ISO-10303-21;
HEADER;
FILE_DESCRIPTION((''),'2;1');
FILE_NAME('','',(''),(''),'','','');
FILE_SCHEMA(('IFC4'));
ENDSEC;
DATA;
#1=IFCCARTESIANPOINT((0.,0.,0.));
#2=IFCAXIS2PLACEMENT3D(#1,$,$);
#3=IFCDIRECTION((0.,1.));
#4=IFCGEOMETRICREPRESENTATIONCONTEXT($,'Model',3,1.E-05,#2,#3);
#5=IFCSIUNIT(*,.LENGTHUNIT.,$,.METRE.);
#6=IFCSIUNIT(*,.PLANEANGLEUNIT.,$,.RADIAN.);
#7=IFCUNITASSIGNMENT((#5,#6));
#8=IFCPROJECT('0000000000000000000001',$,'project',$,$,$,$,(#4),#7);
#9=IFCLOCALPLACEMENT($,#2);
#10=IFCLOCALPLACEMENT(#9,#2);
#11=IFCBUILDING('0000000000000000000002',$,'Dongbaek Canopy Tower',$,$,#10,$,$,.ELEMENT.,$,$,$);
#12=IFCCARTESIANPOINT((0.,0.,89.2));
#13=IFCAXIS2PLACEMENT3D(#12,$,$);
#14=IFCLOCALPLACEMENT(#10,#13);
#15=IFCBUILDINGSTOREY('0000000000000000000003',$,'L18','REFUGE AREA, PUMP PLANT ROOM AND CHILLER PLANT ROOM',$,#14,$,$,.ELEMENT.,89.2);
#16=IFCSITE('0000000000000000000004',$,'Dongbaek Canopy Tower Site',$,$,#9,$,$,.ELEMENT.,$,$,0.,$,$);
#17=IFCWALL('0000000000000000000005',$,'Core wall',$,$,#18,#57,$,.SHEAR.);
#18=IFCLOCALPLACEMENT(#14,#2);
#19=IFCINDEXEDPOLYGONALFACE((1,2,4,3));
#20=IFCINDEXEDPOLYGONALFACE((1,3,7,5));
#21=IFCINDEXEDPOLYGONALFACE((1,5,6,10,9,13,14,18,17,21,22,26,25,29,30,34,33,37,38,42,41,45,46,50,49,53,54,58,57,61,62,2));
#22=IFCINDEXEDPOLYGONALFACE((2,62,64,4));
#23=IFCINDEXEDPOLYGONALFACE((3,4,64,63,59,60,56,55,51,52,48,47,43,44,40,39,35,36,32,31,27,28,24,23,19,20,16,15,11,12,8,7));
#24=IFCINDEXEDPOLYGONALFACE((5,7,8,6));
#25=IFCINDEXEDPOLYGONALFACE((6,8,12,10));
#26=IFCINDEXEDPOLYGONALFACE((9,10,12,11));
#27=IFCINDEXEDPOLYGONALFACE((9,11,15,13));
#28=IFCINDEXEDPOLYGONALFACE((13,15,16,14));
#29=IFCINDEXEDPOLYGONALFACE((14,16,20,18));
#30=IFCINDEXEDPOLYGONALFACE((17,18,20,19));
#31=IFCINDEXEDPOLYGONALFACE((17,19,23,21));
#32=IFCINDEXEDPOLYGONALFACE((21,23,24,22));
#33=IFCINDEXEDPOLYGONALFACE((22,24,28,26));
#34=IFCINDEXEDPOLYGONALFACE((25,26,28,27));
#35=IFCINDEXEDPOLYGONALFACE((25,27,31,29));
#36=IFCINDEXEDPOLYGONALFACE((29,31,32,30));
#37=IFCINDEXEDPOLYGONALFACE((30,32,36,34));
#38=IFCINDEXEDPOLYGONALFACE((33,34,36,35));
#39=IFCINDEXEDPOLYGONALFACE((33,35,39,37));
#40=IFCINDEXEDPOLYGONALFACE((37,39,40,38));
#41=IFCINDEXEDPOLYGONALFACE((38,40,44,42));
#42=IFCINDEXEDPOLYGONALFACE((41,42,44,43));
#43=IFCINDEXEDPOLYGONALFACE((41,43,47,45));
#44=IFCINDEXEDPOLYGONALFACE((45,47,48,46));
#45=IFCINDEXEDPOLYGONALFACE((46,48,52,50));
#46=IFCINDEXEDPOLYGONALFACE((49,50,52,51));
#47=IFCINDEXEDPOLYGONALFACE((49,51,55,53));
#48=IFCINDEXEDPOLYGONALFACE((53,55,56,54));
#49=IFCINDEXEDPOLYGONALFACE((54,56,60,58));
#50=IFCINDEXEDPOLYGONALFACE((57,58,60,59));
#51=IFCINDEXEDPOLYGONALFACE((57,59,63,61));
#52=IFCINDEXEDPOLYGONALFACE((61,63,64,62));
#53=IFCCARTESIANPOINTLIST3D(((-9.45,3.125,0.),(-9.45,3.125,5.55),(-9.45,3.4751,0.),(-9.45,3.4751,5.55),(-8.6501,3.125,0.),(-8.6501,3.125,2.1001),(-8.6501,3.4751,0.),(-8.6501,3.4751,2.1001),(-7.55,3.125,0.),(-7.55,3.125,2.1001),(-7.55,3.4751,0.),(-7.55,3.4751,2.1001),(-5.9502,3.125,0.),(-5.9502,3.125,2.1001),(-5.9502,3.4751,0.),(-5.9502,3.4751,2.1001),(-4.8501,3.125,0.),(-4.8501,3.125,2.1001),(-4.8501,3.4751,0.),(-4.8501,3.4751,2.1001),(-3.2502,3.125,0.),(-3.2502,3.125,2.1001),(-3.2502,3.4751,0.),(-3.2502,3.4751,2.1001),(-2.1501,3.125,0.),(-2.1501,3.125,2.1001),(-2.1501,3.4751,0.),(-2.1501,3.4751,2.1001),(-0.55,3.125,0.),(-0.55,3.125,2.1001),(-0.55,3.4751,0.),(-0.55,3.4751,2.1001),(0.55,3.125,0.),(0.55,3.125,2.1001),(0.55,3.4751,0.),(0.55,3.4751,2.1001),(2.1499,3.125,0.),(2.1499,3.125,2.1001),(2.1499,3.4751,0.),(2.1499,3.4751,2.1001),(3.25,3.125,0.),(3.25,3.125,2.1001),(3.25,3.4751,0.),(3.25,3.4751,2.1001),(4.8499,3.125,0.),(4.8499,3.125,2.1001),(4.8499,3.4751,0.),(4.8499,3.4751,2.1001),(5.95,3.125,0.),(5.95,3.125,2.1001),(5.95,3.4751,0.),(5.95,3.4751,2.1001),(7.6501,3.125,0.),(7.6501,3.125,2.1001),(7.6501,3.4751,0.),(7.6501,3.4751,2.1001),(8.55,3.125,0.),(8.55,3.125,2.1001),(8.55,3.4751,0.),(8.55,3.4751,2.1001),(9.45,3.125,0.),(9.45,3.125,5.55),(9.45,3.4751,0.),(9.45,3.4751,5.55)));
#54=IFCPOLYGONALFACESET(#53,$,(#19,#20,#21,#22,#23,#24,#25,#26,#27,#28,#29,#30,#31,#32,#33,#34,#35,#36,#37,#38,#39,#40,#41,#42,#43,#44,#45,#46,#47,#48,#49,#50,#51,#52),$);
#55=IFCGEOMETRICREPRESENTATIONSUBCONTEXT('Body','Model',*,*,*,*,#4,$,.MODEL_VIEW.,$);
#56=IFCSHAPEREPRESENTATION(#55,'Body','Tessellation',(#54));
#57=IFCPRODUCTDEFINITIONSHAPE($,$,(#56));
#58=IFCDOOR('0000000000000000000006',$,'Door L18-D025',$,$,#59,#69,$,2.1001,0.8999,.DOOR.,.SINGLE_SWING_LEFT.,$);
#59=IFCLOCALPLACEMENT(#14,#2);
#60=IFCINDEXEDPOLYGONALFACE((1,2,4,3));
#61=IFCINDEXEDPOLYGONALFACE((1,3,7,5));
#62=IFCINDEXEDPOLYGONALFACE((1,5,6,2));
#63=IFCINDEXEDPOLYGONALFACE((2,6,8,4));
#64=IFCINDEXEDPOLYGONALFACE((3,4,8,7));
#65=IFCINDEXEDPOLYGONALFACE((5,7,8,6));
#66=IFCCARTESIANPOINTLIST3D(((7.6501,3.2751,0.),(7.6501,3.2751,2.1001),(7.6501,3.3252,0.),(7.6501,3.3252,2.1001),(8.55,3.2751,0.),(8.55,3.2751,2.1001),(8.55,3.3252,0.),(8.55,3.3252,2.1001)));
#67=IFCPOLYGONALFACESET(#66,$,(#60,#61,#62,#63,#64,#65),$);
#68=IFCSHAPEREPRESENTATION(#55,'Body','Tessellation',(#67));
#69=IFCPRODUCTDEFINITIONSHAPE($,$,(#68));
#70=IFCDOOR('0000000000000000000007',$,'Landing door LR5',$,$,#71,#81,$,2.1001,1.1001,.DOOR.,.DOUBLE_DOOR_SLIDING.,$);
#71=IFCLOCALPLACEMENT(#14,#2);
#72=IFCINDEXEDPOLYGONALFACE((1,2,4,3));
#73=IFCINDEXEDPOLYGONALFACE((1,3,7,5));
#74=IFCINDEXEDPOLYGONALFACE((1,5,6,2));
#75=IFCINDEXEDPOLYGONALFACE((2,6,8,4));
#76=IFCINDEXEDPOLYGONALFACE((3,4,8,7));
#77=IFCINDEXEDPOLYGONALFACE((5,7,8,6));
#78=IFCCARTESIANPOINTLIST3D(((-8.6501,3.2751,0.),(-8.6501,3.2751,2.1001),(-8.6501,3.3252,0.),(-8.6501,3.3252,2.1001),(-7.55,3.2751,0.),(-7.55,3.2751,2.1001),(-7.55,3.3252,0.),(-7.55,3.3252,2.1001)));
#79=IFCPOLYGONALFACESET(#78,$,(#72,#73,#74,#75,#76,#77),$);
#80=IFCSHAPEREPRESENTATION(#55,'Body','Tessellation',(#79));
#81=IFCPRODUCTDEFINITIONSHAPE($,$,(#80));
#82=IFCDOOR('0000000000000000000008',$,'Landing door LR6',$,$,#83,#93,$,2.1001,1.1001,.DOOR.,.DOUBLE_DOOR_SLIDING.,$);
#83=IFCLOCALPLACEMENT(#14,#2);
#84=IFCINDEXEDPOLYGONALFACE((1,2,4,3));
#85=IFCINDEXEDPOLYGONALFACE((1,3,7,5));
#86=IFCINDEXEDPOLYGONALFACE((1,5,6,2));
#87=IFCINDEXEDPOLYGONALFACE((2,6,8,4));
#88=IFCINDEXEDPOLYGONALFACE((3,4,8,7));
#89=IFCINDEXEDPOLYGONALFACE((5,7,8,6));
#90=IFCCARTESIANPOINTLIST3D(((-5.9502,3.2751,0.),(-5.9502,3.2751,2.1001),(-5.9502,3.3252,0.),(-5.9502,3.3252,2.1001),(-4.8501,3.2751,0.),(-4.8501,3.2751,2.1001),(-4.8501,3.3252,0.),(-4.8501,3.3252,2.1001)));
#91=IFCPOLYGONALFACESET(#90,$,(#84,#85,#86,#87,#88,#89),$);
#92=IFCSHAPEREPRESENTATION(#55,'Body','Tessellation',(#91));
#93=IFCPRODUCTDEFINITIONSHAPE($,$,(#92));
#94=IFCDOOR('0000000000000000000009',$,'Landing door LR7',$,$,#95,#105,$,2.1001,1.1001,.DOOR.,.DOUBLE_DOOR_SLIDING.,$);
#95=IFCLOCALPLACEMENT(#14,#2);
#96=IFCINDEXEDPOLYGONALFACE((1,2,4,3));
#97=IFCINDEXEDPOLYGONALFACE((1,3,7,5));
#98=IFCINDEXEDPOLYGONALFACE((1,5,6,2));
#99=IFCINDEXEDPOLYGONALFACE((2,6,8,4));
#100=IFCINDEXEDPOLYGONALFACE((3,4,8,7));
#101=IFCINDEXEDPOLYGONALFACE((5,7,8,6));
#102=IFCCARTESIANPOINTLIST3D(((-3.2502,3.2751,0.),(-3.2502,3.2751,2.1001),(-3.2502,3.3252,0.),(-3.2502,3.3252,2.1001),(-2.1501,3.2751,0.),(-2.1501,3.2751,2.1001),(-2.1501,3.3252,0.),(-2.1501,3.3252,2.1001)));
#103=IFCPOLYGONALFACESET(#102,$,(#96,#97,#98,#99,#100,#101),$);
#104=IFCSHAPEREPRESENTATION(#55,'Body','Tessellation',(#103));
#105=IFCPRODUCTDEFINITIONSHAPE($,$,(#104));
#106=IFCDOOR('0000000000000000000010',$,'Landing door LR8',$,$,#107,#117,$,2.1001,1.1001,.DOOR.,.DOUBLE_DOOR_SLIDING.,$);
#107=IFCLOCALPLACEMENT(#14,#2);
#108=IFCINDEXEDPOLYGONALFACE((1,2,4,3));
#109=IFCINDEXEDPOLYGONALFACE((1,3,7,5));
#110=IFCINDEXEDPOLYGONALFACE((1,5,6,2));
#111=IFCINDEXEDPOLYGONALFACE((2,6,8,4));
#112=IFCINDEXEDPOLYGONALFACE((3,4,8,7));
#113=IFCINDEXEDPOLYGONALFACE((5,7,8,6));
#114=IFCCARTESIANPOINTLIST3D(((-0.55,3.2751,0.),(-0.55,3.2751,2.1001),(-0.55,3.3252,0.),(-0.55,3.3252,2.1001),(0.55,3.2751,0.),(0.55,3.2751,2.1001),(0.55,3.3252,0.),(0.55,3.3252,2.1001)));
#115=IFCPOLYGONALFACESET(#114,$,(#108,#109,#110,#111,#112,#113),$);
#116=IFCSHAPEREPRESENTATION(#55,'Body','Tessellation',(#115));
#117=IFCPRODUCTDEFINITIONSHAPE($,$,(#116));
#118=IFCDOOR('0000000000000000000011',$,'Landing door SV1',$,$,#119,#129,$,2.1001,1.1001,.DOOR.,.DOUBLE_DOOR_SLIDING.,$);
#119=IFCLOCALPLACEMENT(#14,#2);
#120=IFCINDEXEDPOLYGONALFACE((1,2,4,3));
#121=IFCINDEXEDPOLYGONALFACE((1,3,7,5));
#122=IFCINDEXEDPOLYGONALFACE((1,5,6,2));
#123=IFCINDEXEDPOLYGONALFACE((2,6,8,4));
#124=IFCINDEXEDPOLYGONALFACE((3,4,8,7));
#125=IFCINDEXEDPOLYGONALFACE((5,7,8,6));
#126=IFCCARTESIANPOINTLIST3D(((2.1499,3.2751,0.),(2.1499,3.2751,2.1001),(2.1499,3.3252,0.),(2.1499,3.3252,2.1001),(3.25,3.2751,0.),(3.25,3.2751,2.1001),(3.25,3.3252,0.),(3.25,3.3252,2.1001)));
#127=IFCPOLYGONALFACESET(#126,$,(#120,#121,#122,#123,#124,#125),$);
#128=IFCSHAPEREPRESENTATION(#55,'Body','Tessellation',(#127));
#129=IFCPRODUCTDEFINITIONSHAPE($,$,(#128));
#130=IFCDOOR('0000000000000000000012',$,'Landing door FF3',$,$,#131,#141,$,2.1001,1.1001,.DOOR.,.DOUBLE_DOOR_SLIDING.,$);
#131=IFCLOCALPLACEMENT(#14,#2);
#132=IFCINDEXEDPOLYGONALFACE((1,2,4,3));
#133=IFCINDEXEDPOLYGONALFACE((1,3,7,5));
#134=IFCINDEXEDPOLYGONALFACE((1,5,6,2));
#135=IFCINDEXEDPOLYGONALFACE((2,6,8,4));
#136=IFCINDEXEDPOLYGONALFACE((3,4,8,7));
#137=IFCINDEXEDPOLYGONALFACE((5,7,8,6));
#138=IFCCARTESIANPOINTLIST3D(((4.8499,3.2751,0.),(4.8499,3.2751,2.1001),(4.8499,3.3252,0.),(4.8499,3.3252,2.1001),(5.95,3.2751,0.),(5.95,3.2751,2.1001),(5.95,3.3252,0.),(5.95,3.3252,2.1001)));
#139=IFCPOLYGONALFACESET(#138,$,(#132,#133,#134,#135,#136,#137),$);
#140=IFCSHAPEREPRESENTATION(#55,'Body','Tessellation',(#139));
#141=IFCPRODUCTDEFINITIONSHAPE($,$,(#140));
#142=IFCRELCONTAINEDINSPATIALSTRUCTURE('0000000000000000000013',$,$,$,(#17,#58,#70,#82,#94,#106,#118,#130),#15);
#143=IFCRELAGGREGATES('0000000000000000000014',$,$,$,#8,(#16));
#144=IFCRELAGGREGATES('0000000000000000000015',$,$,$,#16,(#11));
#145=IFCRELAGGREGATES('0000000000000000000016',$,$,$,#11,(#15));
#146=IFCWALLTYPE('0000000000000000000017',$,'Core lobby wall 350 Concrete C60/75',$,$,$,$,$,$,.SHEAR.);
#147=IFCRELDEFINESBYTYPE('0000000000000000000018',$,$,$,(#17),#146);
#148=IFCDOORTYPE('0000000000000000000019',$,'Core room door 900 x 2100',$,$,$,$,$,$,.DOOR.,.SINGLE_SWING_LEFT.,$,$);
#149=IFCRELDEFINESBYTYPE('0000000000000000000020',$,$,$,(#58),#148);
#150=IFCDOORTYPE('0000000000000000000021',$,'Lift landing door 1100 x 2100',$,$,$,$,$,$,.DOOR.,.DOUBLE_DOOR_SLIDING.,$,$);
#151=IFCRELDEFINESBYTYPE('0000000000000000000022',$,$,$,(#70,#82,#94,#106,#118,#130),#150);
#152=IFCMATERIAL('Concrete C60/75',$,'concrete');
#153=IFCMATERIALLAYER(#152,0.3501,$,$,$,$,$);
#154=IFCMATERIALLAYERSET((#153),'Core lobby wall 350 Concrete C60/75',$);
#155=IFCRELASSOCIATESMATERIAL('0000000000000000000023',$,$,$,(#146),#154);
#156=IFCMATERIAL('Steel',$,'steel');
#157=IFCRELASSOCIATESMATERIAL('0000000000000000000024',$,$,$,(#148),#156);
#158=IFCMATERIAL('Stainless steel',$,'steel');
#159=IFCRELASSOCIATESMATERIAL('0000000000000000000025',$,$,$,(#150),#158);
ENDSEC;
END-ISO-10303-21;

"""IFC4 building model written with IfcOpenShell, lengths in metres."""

from ifc_helpers import new_model, si_unit, direction, frame, frame_2d, origin, place, context, subcontext, project, spatial, rectangle, extrude, material, layer, layer_set, type_object, element, fill, save


model = new_model("IFC4")

# Units and contexts
model_context = context("Model", 3, precision=1e-05, world=origin(), true_north=direction((0.0, 1.0)))
body_context = subcontext(model_context, "Body", "Model", "MODEL_VIEW")
ifc_project = project(units=[si_unit("LENGTHUNIT", "METRE"), si_unit("PLANEANGLEUNIT", "RADIAN")], contexts=[model_context])

# Site, building, storey
site_placement = place(None, origin())
site = spatial("IfcSite", under=ifc_project, at=site_placement, Name="Dongbaek Canopy Tower Site", CompositionType="ELEMENT", RefElevation=0.0)
building_placement = place(site_placement, origin())
building = spatial("IfcBuilding", under=site, at=building_placement, Name="Dongbaek Canopy Tower", CompositionType="ELEMENT")
storey_placement = place(building_placement, frame((0.0, 0.0, 89.2)))
storey = spatial("IfcBuildingStorey", under=building, at=storey_placement, Name="L18", Description="REFUGE AREA, PUMP PLANT ROOM AND CHILLER PLANT ROOM", CompositionType="ELEMENT", Elevation=89.2)

# Wall, openings, doors
ifc_material_1 = material(Name="Concrete C60/75", Category="concrete")
ifc_layer_1 = layer(ifc_material_1, 0.3501)
ifc_layer_set_1 = layer_set([ifc_layer_1], Name="Core lobby wall 350 Concrete C60/75")
wall_type_1 = type_object("IfcWallType", Name="Core lobby wall 350 Concrete C60/75", PredefinedType="SHEAR", material=ifc_layer_set_1)
wall_1_placement = place(storey_placement, frame((9.45, 3.3, 0.0), z_axis=(0.0, 0.0, 1.0), x_axis=(-1.0, 0.0, 0.0)))
wall_1 = element("IfcWall", 1, at=wall_1_placement, inside=storey, type_object=wall_type_1, Name="Core wall", PredefinedType="SHEAR", context=body_context, shape_type="SweptSolid", body=[
    extrude(rectangle(XDim=18.8999, YDim=0.3501, at=frame_2d((9.45, 0.0))), origin(), (0.0, 0.0, 1.0), 5.55),
])
opening_1_placement = place(wall_1_placement, frame((17.0, 0.0, 0.0)))
opening_1 = element("IfcOpeningElement", 2, at=opening_1_placement, cuts=wall_1, PredefinedType="OPENING", context=body_context, shape_type="SweptSolid", body=[
    extrude(rectangle(XDim=1.1001, YDim=2.1001, at=frame_2d((0.55, 1.05))), frame((0.0, 0.1851, 0.0), z_axis=(0.0, -1.0, 0.0), x_axis=(1.0, 0.0, 0.0)), (0.0, 0.0, 1.0), 0.3701),
])
opening_2_placement = place(wall_1_placement, frame((14.3, 0.0, 0.0)))
opening_2 = element("IfcOpeningElement", 3, at=opening_2_placement, cuts=wall_1, PredefinedType="OPENING", context=body_context, shape_type="SweptSolid", body=[
    extrude(rectangle(XDim=1.1001, YDim=2.1001, at=frame_2d((0.55, 1.05))), frame((0.0, 0.1851, 0.0), z_axis=(0.0, -1.0, 0.0), x_axis=(1.0, 0.0, 0.0)), (0.0, 0.0, 1.0), 0.3701),
])
opening_3_placement = place(wall_1_placement, frame((11.6001, 0.0, 0.0)))
opening_3 = element("IfcOpeningElement", 4, at=opening_3_placement, cuts=wall_1, PredefinedType="OPENING", context=body_context, shape_type="SweptSolid", body=[
    extrude(rectangle(XDim=1.1001, YDim=2.1001, at=frame_2d((0.55, 1.05))), frame((0.0, 0.1851, 0.0), z_axis=(0.0, -1.0, 0.0), x_axis=(1.0, 0.0, 0.0)), (0.0, 0.0, 1.0), 0.3701),
])
opening_4_placement = place(wall_1_placement, frame((8.8999, 0.0, 0.0)))
opening_4 = element("IfcOpeningElement", 5, at=opening_4_placement, cuts=wall_1, PredefinedType="OPENING", context=body_context, shape_type="SweptSolid", body=[
    extrude(rectangle(XDim=1.1001, YDim=2.1001, at=frame_2d((0.55, 1.05))), frame((0.0, 0.1851, 0.0), z_axis=(0.0, -1.0, 0.0), x_axis=(1.0, 0.0, 0.0)), (0.0, 0.0, 1.0), 0.3701),
])
opening_5_placement = place(wall_1_placement, frame((6.2, 0.0, 0.0)))
opening_5 = element("IfcOpeningElement", 6, at=opening_5_placement, cuts=wall_1, PredefinedType="OPENING", context=body_context, shape_type="SweptSolid", body=[
    extrude(rectangle(XDim=1.1001, YDim=2.1001, at=frame_2d((0.55, 1.05))), frame((0.0, 0.1851, 0.0), z_axis=(0.0, -1.0, 0.0), x_axis=(1.0, 0.0, 0.0)), (0.0, 0.0, 1.0), 0.3701),
])
opening_6_placement = place(wall_1_placement, frame((3.5, 0.0, 0.0)))
opening_6 = element("IfcOpeningElement", 7, at=opening_6_placement, cuts=wall_1, PredefinedType="OPENING", context=body_context, shape_type="SweptSolid", body=[
    extrude(rectangle(XDim=1.1001, YDim=2.1001, at=frame_2d((0.55, 1.05))), frame((0.0, 0.1851, 0.0), z_axis=(0.0, -1.0, 0.0), x_axis=(1.0, 0.0, 0.0)), (0.0, 0.0, 1.0), 0.3701),
])
opening_7_placement = place(wall_1_placement, frame((0.8999, 0.0, 0.0)))
opening_7 = element("IfcOpeningElement", 8, at=opening_7_placement, cuts=wall_1, PredefinedType="OPENING", context=body_context, shape_type="SweptSolid", body=[
    extrude(rectangle(XDim=0.8999, YDim=2.1001, at=frame_2d((0.45, 1.05))), frame((0.0, 0.1851, 0.0), z_axis=(0.0, -1.0, 0.0), x_axis=(1.0, 0.0, 0.0)), (0.0, 0.0, 1.0), 0.3701),
])
ifc_material_2 = material(Name="Steel", Category="steel")
door_type_1 = type_object("IfcDoorType", Name="Core room door 900 x 2100", OperationType="SINGLE_SWING_LEFT", PredefinedType="DOOR", material=ifc_material_2)
door_1_placement = place(opening_7_placement, origin())
door_1 = element("IfcDoor", 9, at=door_1_placement, inside=storey, type_object=door_type_1, Name="Door L18-D025", OperationType="SINGLE_SWING_LEFT", OverallHeight=2.1001, OverallWidth=0.8999, PredefinedType="DOOR", context=body_context, shape_type="SweptSolid", body=[
    extrude(rectangle(XDim=0.8999, YDim=2.1001, at=frame_2d((0.45, 1.05))), frame((0.0, 0.0249, 0.0), z_axis=(0.0, -1.0, 0.0), x_axis=(1.0, 0.0, 0.0)), (0.0, 0.0, 1.0), 0.05),
])
fill(opening_7, door_1)
ifc_material_3 = material(Name="Stainless steel", Category="steel")
door_type_2 = type_object("IfcDoorType", Name="Lift landing door 1100 x 2100", OperationType="DOUBLE_DOOR_SLIDING", PredefinedType="DOOR", material=ifc_material_3)
door_2_placement = place(opening_1_placement, origin())
door_2 = element("IfcDoor", 10, at=door_2_placement, inside=storey, type_object=door_type_2, Name="Landing door LR5", OperationType="DOUBLE_DOOR_SLIDING", OverallHeight=2.1001, OverallWidth=1.1001, PredefinedType="DOOR", context=body_context, shape_type="SweptSolid", body=[
    extrude(rectangle(XDim=1.1001, YDim=2.1001, at=frame_2d((0.55, 1.05))), frame((0.0, 0.0249, 0.0), z_axis=(0.0, -1.0, 0.0), x_axis=(1.0, 0.0, 0.0)), (0.0, 0.0, 1.0), 0.05),
])
fill(opening_1, door_2)
door_3_placement = place(opening_2_placement, origin())
door_3 = element("IfcDoor", 11, at=door_3_placement, inside=storey, type_object=door_type_2, Name="Landing door LR6", OperationType="DOUBLE_DOOR_SLIDING", OverallHeight=2.1001, OverallWidth=1.1001, PredefinedType="DOOR", context=body_context, shape_type="SweptSolid", body=[
    extrude(rectangle(XDim=1.1001, YDim=2.1001, at=frame_2d((0.55, 1.05))), frame((0.0, 0.0249, 0.0), z_axis=(0.0, -1.0, 0.0), x_axis=(1.0, 0.0, 0.0)), (0.0, 0.0, 1.0), 0.05),
])
fill(opening_2, door_3)
door_4_placement = place(opening_3_placement, origin())
door_4 = element("IfcDoor", 12, at=door_4_placement, inside=storey, type_object=door_type_2, Name="Landing door LR7", OperationType="DOUBLE_DOOR_SLIDING", OverallHeight=2.1001, OverallWidth=1.1001, PredefinedType="DOOR", context=body_context, shape_type="SweptSolid", body=[
    extrude(rectangle(XDim=1.1001, YDim=2.1001, at=frame_2d((0.55, 1.05))), frame((0.0, 0.0249, 0.0), z_axis=(0.0, -1.0, 0.0), x_axis=(1.0, 0.0, 0.0)), (0.0, 0.0, 1.0), 0.05),
])
fill(opening_3, door_4)
door_5_placement = place(opening_4_placement, origin())
door_5 = element("IfcDoor", 13, at=door_5_placement, inside=storey, type_object=door_type_2, Name="Landing door LR8", OperationType="DOUBLE_DOOR_SLIDING", OverallHeight=2.1001, OverallWidth=1.1001, PredefinedType="DOOR", context=body_context, shape_type="SweptSolid", body=[
    extrude(rectangle(XDim=1.1001, YDim=2.1001, at=frame_2d((0.55, 1.05))), frame((0.0, 0.0249, 0.0), z_axis=(0.0, -1.0, 0.0), x_axis=(1.0, 0.0, 0.0)), (0.0, 0.0, 1.0), 0.05),
])
fill(opening_4, door_5)
door_6_placement = place(opening_5_placement, origin())
door_6 = element("IfcDoor", 14, at=door_6_placement, inside=storey, type_object=door_type_2, Name="Landing door SV1", OperationType="DOUBLE_DOOR_SLIDING", OverallHeight=2.1001, OverallWidth=1.1001, PredefinedType="DOOR", context=body_context, shape_type="SweptSolid", body=[
    extrude(rectangle(XDim=1.1001, YDim=2.1001, at=frame_2d((0.55, 1.05))), frame((0.0, 0.0249, 0.0), z_axis=(0.0, -1.0, 0.0), x_axis=(1.0, 0.0, 0.0)), (0.0, 0.0, 1.0), 0.05),
])
fill(opening_5, door_6)
door_7_placement = place(opening_6_placement, origin())
door_7 = element("IfcDoor", 15, at=door_7_placement, inside=storey, type_object=door_type_2, Name="Landing door FF3", OperationType="DOUBLE_DOOR_SLIDING", OverallHeight=2.1001, OverallWidth=1.1001, PredefinedType="DOOR", context=body_context, shape_type="SweptSolid", body=[
    extrude(rectangle(XDim=1.1001, YDim=2.1001, at=frame_2d((0.55, 1.05))), frame((0.0, 0.0249, 0.0), z_axis=(0.0, -1.0, 0.0), x_axis=(1.0, 0.0, 0.0)), (0.0, 0.0, 1.0), 0.05),
])
fill(opening_6, door_7)

save(model, "model.ifc")
